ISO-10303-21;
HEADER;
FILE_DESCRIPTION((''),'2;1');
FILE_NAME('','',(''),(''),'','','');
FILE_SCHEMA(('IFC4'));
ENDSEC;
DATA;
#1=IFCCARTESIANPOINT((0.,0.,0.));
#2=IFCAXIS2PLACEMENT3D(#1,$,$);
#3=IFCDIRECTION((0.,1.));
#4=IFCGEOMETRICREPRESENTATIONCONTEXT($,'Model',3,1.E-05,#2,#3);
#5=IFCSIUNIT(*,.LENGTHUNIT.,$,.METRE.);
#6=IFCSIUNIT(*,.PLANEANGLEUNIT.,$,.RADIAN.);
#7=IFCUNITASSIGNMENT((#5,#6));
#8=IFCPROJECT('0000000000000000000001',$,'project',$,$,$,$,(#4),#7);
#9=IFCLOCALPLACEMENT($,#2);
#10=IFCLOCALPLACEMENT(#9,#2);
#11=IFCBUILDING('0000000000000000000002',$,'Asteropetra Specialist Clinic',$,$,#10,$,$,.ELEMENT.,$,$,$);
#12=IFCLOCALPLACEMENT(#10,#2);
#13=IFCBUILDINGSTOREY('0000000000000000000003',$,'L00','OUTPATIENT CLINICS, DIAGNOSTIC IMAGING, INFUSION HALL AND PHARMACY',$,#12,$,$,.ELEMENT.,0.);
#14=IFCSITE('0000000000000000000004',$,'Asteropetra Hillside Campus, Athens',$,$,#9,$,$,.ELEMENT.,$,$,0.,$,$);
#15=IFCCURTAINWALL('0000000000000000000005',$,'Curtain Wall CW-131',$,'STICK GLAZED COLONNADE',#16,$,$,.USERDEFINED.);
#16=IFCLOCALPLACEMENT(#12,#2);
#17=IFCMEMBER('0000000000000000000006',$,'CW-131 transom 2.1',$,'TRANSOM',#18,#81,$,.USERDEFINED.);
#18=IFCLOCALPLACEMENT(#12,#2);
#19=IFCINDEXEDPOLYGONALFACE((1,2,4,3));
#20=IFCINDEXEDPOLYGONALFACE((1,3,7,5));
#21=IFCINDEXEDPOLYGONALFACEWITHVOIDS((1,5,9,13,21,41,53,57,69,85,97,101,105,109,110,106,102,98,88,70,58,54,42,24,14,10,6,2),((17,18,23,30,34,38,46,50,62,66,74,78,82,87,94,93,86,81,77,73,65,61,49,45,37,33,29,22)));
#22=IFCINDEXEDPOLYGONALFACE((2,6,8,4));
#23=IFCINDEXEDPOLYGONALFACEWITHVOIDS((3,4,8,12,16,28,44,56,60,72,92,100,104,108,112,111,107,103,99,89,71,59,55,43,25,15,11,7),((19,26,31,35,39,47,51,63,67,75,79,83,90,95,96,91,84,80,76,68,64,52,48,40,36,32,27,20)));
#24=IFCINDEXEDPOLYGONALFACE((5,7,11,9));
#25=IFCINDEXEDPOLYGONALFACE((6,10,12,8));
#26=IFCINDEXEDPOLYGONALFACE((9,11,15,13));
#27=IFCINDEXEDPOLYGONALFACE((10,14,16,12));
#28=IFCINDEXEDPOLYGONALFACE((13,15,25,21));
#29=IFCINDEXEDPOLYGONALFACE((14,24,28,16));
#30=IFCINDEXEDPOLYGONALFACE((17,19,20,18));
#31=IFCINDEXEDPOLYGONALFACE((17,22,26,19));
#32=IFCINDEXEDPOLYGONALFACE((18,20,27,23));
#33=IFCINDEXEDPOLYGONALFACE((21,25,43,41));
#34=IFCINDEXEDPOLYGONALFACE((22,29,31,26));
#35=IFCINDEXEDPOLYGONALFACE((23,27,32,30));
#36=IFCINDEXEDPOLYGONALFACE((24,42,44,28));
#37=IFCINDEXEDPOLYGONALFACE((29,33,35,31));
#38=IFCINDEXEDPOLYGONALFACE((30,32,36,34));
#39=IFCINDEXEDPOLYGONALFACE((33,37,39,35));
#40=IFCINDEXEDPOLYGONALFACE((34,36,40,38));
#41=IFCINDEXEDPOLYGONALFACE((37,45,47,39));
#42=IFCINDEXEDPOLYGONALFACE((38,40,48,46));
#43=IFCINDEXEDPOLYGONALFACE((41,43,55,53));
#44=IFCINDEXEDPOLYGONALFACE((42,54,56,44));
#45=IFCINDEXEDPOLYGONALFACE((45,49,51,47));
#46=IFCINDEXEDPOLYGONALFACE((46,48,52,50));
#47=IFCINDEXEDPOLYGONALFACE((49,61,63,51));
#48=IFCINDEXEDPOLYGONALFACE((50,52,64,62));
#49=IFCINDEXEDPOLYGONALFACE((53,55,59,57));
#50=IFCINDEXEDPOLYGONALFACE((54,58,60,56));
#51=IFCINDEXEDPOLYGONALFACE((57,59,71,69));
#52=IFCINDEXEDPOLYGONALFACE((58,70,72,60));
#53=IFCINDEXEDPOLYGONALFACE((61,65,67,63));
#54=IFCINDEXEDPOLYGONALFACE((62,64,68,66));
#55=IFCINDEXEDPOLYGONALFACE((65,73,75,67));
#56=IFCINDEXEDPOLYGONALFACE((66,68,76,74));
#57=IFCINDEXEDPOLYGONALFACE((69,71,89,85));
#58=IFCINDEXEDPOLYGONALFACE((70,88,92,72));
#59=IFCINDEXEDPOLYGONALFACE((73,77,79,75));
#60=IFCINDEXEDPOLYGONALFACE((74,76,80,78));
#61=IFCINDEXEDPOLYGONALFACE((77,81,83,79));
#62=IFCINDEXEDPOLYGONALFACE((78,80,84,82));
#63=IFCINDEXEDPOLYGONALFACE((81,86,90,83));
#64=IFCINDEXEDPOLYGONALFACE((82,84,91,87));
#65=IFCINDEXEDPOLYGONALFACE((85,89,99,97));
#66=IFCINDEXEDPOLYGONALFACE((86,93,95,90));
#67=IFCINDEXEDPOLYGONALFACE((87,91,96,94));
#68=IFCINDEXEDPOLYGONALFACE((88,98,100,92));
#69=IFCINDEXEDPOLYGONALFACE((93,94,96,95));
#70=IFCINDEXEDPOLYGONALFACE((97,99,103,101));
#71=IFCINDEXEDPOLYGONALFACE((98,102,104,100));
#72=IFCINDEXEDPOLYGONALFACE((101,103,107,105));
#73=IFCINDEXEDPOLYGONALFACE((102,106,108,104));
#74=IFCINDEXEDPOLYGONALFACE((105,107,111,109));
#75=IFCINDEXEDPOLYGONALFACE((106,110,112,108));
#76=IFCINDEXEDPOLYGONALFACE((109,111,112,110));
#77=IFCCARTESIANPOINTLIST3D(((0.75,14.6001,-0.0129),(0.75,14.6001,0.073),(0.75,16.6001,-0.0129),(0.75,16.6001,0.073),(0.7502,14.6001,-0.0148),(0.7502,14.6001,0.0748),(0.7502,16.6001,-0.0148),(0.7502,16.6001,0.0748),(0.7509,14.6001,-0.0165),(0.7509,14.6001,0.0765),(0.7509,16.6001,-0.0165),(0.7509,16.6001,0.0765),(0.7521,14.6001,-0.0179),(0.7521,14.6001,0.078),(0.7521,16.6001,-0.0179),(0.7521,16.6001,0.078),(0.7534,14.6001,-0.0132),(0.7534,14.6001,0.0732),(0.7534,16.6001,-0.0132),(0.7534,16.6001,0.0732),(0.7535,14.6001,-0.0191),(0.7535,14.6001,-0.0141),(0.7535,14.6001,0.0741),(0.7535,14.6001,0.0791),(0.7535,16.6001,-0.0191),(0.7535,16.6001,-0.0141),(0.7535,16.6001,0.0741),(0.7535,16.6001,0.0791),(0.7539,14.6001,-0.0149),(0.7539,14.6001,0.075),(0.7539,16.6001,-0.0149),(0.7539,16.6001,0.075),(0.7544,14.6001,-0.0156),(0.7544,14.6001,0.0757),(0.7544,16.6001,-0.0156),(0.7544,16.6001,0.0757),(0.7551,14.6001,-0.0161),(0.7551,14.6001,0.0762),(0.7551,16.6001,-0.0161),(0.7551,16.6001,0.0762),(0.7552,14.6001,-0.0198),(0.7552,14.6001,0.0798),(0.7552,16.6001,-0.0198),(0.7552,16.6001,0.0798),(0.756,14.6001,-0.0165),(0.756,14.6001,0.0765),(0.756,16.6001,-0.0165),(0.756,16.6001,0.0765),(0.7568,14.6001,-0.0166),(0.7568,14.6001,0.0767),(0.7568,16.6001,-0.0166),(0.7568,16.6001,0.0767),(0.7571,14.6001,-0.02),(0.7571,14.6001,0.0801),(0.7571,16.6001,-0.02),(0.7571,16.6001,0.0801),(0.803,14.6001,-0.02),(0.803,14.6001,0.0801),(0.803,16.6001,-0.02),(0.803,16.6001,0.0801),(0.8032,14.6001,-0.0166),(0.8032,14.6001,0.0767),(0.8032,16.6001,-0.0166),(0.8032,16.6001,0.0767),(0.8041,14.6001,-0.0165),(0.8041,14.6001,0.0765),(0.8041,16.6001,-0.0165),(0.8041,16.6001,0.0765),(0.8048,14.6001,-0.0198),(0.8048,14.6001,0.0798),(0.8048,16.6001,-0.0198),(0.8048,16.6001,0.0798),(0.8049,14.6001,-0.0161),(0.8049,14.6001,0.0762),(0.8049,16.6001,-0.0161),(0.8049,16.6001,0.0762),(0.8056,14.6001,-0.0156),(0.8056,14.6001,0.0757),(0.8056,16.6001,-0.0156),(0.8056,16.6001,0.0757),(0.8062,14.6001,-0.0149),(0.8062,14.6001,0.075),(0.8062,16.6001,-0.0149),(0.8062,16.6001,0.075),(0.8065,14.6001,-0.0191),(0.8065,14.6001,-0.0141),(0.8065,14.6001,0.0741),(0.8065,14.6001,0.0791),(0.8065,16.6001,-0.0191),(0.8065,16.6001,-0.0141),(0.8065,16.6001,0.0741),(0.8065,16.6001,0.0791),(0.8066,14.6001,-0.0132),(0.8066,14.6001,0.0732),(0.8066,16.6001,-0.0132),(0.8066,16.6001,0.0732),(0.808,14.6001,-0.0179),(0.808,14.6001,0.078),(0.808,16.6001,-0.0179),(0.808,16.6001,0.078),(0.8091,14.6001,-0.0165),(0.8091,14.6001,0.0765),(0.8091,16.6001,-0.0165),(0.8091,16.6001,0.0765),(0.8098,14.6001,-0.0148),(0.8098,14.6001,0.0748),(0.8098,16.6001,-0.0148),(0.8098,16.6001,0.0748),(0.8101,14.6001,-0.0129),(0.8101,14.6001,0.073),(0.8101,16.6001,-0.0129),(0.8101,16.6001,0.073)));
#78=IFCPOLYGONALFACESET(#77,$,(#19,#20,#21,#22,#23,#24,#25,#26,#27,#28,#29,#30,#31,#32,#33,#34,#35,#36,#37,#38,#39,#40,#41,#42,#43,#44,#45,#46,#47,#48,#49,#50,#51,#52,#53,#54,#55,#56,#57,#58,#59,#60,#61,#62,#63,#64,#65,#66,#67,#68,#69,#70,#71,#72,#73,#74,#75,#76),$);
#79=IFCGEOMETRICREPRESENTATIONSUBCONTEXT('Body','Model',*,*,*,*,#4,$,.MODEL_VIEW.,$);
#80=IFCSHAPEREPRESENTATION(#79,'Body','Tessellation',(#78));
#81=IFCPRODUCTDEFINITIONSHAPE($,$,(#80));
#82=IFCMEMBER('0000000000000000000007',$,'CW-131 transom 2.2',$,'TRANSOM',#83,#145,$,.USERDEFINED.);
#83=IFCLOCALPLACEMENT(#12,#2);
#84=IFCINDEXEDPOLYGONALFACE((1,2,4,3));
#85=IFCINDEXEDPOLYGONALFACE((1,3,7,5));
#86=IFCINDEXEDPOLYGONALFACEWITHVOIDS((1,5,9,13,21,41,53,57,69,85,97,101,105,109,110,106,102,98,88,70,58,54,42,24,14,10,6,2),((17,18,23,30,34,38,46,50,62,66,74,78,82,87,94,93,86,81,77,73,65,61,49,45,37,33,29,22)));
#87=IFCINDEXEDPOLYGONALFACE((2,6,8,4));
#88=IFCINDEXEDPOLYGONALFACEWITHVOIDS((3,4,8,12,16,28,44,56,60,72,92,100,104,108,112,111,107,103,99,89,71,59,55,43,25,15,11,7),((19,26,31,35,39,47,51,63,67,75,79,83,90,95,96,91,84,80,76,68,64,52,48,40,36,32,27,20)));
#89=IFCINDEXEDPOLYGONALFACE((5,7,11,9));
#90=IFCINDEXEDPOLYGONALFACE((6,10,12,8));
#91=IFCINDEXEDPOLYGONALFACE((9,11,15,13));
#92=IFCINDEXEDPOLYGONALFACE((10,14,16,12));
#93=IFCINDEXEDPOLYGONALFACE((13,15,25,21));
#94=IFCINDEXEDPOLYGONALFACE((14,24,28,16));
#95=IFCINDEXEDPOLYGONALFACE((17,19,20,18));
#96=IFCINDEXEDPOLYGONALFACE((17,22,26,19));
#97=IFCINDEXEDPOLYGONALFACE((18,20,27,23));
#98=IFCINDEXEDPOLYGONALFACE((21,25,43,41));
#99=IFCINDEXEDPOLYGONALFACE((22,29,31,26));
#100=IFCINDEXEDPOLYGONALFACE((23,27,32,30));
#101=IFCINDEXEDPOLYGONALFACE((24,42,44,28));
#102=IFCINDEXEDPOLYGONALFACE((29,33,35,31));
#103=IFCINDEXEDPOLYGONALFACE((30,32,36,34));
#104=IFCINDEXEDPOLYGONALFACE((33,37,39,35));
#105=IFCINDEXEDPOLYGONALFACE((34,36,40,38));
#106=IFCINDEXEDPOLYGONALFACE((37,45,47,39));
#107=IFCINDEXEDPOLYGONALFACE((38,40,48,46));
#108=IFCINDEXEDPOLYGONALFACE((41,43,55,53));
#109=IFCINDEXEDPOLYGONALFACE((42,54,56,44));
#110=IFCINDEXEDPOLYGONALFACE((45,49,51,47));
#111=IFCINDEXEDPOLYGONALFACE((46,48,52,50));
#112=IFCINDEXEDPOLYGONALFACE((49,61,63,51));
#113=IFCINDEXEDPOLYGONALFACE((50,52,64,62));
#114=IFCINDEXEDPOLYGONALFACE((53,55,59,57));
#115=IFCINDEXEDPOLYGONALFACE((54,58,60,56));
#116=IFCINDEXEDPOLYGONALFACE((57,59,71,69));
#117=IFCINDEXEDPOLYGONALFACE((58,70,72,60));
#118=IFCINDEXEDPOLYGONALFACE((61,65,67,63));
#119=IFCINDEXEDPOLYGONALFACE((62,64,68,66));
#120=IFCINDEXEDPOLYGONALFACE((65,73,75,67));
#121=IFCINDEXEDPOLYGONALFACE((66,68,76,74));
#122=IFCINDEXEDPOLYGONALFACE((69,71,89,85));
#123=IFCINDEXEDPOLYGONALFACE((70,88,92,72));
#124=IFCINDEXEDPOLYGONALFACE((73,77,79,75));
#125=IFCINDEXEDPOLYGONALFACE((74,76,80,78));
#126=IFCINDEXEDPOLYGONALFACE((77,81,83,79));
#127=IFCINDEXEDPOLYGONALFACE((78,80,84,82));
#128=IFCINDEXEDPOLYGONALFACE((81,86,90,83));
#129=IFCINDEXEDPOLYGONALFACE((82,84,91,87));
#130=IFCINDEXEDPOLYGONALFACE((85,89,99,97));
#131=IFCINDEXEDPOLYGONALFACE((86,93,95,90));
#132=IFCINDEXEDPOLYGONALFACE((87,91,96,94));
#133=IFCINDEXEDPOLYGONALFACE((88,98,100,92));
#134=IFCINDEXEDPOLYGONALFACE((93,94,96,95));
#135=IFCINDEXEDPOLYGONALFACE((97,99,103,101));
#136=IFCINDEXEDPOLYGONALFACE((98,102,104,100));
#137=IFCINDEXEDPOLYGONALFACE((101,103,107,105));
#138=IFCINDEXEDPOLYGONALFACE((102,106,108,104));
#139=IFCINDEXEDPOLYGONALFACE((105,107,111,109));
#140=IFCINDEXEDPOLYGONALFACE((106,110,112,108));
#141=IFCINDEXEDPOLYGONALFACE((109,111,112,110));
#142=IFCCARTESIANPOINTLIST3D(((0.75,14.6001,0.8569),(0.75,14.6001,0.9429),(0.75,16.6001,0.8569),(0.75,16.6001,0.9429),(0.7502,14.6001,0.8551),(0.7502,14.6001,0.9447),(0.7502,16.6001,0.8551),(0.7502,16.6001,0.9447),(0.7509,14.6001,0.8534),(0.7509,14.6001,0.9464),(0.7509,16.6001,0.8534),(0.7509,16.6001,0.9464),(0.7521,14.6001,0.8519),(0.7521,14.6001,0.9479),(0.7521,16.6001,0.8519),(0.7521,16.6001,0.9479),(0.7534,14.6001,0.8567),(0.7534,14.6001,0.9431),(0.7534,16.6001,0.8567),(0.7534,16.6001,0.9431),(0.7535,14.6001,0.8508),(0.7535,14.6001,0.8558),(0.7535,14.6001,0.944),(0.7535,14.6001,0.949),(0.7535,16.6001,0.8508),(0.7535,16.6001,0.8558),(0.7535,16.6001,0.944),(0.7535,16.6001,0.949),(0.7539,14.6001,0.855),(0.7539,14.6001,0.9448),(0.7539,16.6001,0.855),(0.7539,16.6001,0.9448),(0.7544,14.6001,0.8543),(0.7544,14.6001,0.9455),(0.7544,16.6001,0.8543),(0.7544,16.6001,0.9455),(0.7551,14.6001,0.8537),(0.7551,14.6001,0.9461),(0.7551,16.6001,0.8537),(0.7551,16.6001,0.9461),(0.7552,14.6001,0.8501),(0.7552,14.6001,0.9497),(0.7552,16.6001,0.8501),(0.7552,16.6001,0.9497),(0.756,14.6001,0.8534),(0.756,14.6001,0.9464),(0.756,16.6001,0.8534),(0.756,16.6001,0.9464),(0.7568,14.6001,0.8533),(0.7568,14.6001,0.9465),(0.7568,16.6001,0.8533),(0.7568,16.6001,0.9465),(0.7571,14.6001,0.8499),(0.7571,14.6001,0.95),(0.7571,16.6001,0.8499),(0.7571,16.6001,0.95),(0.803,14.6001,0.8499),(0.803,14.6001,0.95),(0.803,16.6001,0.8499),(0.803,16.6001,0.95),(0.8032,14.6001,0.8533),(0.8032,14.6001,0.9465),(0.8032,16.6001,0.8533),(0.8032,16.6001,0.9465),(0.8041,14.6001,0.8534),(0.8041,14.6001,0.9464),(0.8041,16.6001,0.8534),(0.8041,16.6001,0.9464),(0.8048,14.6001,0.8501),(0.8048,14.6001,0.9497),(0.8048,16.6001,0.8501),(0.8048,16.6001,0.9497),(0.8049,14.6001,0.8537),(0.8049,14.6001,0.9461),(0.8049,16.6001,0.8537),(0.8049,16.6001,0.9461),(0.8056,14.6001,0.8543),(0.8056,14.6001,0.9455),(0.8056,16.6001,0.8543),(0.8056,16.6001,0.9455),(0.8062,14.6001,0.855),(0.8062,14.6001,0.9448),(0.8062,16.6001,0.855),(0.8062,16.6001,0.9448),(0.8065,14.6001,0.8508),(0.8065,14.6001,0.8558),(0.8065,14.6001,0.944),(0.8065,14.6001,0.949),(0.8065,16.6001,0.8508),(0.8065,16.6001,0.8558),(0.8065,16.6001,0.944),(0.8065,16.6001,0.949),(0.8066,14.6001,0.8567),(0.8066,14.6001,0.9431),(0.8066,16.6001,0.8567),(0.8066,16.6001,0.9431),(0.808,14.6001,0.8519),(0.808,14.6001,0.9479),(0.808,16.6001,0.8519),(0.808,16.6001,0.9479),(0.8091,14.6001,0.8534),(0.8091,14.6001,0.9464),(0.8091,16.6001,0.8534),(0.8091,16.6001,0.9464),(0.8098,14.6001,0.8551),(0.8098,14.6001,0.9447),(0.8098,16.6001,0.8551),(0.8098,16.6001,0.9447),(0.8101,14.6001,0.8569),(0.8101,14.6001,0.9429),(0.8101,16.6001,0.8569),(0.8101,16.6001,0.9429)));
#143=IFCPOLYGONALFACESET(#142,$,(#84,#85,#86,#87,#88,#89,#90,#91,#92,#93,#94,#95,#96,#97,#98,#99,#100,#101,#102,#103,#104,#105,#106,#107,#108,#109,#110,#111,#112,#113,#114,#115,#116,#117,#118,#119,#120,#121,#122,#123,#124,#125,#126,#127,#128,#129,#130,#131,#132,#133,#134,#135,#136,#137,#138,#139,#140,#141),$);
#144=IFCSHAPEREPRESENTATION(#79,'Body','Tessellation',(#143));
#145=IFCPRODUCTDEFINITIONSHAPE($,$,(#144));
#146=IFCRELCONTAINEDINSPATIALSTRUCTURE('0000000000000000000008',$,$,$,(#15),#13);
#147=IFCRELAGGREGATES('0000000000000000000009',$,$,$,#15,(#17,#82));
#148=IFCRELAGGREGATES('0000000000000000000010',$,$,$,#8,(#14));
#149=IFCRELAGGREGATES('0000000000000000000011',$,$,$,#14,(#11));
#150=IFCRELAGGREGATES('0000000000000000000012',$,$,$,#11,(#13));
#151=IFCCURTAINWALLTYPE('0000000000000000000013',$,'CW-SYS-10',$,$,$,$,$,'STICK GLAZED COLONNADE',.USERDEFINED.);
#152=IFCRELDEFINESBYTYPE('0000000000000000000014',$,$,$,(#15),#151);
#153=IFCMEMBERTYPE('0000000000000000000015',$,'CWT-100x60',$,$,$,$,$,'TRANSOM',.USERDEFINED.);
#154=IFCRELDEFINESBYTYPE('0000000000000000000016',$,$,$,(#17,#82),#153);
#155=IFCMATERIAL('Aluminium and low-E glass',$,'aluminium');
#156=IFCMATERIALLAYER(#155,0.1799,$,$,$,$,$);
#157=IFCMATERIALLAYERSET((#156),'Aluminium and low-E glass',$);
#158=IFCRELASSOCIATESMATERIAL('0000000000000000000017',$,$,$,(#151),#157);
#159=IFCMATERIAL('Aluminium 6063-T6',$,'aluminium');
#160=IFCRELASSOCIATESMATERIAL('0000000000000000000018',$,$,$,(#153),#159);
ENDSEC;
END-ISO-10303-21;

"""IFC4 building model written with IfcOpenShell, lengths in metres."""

from ifc_helpers import new_model, si_unit, direction, frame, origin, origin_2d, place, context, subcontext, project, spatial, hollow_rectangle, extrude, material, layer, layer_set, material_profile, profile_set, type_object, element, aggregate, save


model = new_model("IFC4")

# Units and contexts
model_context = context("Model", 3, precision=1e-05, world=origin(), true_north=direction((0.0, 1.0)))
body_context = subcontext(model_context, "Body", "Model", "MODEL_VIEW")
ifc_project = project(units=[si_unit("LENGTHUNIT", "METRE"), si_unit("PLANEANGLEUNIT", "RADIAN")], contexts=[model_context])

# Site, building, storey
site_placement = place(None, origin())
site = spatial("IfcSite", under=ifc_project, at=site_placement, Name="Asteropetra Hillside Campus, Athens", CompositionType="ELEMENT", RefElevation=0.0)
building_placement = place(site_placement, origin())
building = spatial("IfcBuilding", under=site, at=building_placement, Name="Asteropetra Specialist Clinic", CompositionType="ELEMENT")
storey_placement = place(building_placement, origin())
storey = spatial("IfcBuildingStorey", under=building, at=storey_placement, Name="L00", Description="OUTPATIENT CLINICS, DIAGNOSTIC IMAGING, INFUSION HALL AND PHARMACY", CompositionType="ELEMENT", Elevation=0.0)

# Curtain wall, members
ifc_material_1 = material(Name="Aluminium and low-E glass", Category="aluminium")
ifc_layer_1 = layer(ifc_material_1, 0.1799)
ifc_layer_set_1 = layer_set([ifc_layer_1], Name="Aluminium and low-E glass")
curtain_wall_type = type_object("IfcCurtainWallType", Name="CW-SYS-10", ElementType="STICK GLAZED COLONNADE", PredefinedType="USERDEFINED", material=ifc_layer_set_1)
curtain_wall_placement = place(storey_placement, origin())
curtain_wall = element("IfcCurtainWall", 1, at=curtain_wall_placement, inside=storey, type_object=curtain_wall_type, Name="Curtain Wall CW-131", ObjectType="STICK GLAZED COLONNADE", PredefinedType="USERDEFINED")
ifc_material_2 = material(Name="Aluminium 6063-T6", Category="aluminium")
ifc_material_profile_1 = material_profile(ifc_material_2, hollow_rectangle(XDim=0.0601, YDim=0.1001, WallThickness=0.0034, InnerFilletRadius=0.0034, OuterFilletRadius=0.0071, at=origin_2d()), Name="TRN 100x60x3.5")
ifc_profile_set_1 = profile_set([ifc_material_profile_1], Name="Aluminium 6063-T6")
member_type_1 = type_object("IfcMemberType", Name="CWT-100x60", ElementType="TRANSOM", PredefinedType="USERDEFINED", material=ifc_profile_set_1)
member_1_placement = place(storey_placement, frame((0.78, 16.6001, 0.03), z_axis=(0.0, -1.0, 0.0), x_axis=(1.0, 0.0, 0.0)))
member_1 = element("IfcMember", 2, at=member_1_placement, type_object=member_type_1, Name="CW-131 transom 2.1", ObjectType="TRANSOM", PredefinedType="USERDEFINED", context=body_context, shape_type="SweptSolid", body=[
    extrude(hollow_rectangle(XDim=0.0601, YDim=0.1001, WallThickness=0.0034, InnerFilletRadius=0.0034, OuterFilletRadius=0.0071, at=origin_2d()), origin(), (0.0, 0.0, 1.0), 2.0),
])
member_2_placement = place(storey_placement, frame((0.78, 16.6001, 0.8999), z_axis=(0.0, -1.0, 0.0), x_axis=(1.0, 0.0, 0.0)))
member_2 = element("IfcMember", 3, at=member_2_placement, type_object=member_type_1, Name="CW-131 transom 2.2", ObjectType="TRANSOM", PredefinedType="USERDEFINED", context=body_context, shape_type="SweptSolid", body=[
    extrude(hollow_rectangle(XDim=0.0601, YDim=0.1001, WallThickness=0.0034, InnerFilletRadius=0.0034, OuterFilletRadius=0.0071, at=origin_2d()), origin(), (0.0, 0.0, 1.0), 2.0),
])
aggregate(curtain_wall, [member_1, member_2])

save(model, "model.ifc")
